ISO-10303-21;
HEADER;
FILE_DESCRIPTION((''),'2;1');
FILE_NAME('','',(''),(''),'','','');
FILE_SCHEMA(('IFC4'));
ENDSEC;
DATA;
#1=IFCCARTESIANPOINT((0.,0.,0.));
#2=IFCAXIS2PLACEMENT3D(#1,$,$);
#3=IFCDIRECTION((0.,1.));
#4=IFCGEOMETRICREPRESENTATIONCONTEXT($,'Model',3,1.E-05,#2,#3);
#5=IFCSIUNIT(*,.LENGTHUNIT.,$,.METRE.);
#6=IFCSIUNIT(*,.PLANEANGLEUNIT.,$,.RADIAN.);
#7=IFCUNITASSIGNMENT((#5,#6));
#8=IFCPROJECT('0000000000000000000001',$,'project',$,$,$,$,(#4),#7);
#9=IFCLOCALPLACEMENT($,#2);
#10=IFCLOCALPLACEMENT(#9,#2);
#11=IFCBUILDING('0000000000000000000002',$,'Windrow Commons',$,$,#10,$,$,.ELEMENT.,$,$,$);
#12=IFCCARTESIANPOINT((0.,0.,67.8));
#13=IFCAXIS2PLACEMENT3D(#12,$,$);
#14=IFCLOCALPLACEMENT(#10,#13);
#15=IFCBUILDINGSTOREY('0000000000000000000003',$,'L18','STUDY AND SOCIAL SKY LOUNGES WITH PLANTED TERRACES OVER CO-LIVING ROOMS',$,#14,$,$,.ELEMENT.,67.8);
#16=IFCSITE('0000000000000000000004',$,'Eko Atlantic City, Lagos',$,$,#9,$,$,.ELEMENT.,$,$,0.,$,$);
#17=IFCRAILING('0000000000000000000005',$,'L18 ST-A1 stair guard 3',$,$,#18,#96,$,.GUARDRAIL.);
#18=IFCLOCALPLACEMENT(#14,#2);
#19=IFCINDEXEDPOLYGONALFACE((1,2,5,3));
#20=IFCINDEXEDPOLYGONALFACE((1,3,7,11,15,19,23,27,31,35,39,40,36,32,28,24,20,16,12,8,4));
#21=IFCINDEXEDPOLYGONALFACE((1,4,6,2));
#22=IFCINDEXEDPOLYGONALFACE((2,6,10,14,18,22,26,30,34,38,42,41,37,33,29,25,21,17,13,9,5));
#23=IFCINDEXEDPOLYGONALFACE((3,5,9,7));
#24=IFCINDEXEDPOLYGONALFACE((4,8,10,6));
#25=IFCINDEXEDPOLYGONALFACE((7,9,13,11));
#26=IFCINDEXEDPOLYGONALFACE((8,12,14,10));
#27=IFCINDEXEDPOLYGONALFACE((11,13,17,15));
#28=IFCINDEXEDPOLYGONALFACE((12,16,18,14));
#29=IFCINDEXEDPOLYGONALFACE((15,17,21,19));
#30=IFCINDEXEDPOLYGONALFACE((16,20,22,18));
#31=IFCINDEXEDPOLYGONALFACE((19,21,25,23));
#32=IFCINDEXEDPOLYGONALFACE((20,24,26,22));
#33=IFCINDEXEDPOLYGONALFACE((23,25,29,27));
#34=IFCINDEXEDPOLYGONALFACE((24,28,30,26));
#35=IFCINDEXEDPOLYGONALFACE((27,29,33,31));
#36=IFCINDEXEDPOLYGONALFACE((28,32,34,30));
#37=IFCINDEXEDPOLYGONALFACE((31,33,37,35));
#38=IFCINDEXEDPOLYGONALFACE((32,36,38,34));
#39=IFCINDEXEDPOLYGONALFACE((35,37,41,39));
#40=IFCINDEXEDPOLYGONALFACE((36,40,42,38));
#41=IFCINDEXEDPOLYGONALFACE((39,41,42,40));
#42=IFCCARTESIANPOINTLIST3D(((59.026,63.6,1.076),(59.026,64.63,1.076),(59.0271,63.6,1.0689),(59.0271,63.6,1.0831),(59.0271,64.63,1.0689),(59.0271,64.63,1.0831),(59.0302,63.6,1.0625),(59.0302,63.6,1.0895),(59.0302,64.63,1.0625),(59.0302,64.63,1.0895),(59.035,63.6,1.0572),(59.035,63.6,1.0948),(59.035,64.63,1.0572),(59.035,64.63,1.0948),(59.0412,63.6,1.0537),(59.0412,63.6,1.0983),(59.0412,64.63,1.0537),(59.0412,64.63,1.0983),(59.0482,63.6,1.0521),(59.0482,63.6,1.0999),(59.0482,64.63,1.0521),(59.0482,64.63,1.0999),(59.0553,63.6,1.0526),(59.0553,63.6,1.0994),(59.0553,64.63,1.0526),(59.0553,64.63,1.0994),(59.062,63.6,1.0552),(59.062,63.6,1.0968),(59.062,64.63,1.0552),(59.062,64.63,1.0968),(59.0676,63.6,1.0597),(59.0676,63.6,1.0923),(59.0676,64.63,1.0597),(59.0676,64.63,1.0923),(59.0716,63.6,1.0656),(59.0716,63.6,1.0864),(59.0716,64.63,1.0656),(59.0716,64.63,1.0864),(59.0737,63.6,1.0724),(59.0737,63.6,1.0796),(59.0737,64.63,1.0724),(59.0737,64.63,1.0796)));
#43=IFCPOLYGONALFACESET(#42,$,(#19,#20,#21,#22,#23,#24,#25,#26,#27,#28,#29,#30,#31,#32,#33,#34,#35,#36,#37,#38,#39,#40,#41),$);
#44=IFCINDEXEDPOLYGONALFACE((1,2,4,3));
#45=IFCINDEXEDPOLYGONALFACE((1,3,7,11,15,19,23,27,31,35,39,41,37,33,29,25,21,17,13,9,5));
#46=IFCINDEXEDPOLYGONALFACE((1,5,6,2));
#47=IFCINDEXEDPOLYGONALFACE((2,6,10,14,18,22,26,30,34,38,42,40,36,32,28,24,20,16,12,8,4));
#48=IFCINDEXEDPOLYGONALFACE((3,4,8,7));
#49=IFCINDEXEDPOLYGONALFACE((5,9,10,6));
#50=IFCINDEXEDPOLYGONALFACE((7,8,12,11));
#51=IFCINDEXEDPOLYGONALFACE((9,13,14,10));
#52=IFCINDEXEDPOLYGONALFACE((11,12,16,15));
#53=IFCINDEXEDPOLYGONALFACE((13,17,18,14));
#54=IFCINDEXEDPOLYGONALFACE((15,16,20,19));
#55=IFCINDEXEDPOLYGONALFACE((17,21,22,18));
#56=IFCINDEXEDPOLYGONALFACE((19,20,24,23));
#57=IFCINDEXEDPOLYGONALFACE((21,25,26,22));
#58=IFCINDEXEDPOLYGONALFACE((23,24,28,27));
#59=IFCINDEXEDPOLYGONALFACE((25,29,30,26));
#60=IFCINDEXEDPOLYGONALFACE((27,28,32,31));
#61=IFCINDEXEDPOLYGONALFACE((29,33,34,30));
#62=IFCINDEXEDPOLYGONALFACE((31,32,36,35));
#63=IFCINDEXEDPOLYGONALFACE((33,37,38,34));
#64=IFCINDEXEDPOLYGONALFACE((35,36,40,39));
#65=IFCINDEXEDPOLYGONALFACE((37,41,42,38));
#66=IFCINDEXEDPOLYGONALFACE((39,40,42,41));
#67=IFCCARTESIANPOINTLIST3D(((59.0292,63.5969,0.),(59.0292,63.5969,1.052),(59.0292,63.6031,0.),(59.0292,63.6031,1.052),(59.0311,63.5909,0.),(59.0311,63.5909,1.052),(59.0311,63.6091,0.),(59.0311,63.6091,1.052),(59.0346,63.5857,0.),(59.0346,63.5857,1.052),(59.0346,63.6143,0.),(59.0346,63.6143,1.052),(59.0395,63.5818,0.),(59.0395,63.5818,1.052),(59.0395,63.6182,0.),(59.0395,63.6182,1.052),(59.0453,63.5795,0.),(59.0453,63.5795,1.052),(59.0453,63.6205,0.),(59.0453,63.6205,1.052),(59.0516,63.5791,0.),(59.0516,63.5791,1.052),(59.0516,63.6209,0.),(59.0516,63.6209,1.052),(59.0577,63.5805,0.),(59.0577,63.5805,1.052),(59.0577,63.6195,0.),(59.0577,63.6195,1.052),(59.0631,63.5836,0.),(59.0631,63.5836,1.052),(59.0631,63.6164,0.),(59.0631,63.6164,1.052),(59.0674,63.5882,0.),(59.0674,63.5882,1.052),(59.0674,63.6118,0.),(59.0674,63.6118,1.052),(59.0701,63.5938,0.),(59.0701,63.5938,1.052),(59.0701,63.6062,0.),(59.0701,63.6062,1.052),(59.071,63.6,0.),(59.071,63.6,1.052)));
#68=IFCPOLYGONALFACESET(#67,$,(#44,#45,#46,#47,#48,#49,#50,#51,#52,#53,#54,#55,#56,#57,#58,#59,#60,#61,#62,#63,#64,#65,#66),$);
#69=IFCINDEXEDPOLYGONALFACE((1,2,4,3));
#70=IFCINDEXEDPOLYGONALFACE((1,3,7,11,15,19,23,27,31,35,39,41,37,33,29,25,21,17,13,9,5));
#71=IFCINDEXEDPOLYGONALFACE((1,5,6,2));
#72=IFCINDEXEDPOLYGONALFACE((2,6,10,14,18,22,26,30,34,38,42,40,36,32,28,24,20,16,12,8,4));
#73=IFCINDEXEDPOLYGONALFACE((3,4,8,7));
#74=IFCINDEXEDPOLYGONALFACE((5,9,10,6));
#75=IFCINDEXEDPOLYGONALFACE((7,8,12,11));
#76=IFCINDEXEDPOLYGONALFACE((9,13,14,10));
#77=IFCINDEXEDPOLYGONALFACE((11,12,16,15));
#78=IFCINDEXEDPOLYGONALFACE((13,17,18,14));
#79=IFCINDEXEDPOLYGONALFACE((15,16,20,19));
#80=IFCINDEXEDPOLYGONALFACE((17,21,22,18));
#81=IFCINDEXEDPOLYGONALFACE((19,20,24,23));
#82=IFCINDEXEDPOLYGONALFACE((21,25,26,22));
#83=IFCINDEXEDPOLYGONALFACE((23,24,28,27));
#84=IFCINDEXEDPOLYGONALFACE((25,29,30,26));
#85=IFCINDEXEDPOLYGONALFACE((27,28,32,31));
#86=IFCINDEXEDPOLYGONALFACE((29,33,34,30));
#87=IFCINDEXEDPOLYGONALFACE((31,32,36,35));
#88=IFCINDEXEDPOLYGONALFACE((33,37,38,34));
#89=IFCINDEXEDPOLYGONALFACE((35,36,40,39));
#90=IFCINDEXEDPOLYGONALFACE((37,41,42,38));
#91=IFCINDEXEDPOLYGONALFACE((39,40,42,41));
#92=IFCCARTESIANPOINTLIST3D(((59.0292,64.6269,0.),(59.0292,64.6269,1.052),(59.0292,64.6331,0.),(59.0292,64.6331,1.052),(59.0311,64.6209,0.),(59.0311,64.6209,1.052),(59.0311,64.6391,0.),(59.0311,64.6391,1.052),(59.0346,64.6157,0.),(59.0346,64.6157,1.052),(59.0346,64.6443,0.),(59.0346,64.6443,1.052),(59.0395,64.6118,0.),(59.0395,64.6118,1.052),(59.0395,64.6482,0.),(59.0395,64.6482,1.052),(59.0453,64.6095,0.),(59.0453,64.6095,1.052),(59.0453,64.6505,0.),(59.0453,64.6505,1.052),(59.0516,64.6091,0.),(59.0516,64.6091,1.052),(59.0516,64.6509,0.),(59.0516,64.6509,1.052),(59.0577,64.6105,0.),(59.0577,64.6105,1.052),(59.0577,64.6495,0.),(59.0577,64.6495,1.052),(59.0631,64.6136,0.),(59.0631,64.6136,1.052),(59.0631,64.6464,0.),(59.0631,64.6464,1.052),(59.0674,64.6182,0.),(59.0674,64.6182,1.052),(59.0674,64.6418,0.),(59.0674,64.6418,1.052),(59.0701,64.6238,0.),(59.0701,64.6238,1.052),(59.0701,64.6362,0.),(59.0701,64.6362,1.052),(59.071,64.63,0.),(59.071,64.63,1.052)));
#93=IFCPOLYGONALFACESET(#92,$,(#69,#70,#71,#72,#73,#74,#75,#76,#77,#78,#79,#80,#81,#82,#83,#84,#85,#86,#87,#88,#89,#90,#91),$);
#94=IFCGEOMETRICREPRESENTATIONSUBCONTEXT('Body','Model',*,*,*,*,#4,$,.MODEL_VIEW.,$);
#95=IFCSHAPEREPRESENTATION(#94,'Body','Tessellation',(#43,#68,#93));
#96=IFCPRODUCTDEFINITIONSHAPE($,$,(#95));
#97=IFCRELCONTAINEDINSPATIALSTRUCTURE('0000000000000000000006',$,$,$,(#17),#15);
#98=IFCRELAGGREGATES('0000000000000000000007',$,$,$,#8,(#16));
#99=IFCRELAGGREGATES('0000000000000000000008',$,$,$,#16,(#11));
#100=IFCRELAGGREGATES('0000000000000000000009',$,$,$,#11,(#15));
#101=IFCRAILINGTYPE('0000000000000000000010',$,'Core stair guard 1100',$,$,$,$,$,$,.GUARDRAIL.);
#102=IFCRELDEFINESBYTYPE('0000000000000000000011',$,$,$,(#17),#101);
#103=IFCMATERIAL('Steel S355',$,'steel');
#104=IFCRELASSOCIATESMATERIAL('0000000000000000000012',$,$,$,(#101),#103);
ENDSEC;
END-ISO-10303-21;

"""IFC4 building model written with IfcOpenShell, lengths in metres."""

from ifc_helpers import new_model, si_unit, direction, frame, origin, origin_2d, place, context, subcontext, project, spatial, circle, extrude, material, type_object, element, save


model = new_model("IFC4")

# Units and contexts
model_context = context("Model", 3, precision=1e-05, world=origin(), true_north=direction((0.0, 1.0)))
body_context = subcontext(model_context, "Body", "Model", "MODEL_VIEW")
ifc_project = project(units=[si_unit("LENGTHUNIT", "METRE"), si_unit("PLANEANGLEUNIT", "RADIAN")], contexts=[model_context])

# Site, building, storey
site_placement = place(None, origin())
site = spatial("IfcSite", under=ifc_project, at=site_placement, Name="Eko Atlantic City, Lagos", CompositionType="ELEMENT", RefElevation=0.0)
building_placement = place(site_placement, origin())
building = spatial("IfcBuilding", under=site, at=building_placement, Name="Windrow Commons", CompositionType="ELEMENT")
storey_placement = place(building_placement, frame((0.0, 0.0, 67.8)))
storey = spatial("IfcBuildingStorey", under=building, at=storey_placement, Name="L18", Description="STUDY AND SOCIAL SKY LOUNGES WITH PLANTED TERRACES OVER CO-LIVING ROOMS", CompositionType="ELEMENT", Elevation=67.8)

# Railing
ifc_material_1 = material(Name="Steel S355", Category="steel")
railing_type_1 = type_object("IfcRailingType", Name="Core stair guard 1100", PredefinedType="GUARDRAIL", material=ifc_material_1)
railing_1_placement = place(storey_placement, frame((59.05, 63.6, 0.0)))
element("IfcRailing", 1, at=railing_1_placement, inside=storey, type_object=railing_type_1, Name="L18 ST-A1 stair guard 3", PredefinedType="GUARDRAIL", context=body_context, shape_type="SweptSolid", body=[
    extrude(circle(Radius=0.024, at=origin_2d()), frame((0.0, 0.0, 1.076), z_axis=(0.0, 1.0, 0.0), x_axis=(-1.0, 0.0, 0.0)), (0.0, 0.0, 1.0), 1.03),
    extrude(circle(Radius=0.021, at=origin_2d()), origin(), (0.0, 0.0, 1.0), 1.052),
    extrude(circle(Radius=0.021, at=origin_2d()), frame((0.0, 1.03, 0.0)), (0.0, 0.0, 1.0), 1.052),
])

save(model, "model.ifc")
